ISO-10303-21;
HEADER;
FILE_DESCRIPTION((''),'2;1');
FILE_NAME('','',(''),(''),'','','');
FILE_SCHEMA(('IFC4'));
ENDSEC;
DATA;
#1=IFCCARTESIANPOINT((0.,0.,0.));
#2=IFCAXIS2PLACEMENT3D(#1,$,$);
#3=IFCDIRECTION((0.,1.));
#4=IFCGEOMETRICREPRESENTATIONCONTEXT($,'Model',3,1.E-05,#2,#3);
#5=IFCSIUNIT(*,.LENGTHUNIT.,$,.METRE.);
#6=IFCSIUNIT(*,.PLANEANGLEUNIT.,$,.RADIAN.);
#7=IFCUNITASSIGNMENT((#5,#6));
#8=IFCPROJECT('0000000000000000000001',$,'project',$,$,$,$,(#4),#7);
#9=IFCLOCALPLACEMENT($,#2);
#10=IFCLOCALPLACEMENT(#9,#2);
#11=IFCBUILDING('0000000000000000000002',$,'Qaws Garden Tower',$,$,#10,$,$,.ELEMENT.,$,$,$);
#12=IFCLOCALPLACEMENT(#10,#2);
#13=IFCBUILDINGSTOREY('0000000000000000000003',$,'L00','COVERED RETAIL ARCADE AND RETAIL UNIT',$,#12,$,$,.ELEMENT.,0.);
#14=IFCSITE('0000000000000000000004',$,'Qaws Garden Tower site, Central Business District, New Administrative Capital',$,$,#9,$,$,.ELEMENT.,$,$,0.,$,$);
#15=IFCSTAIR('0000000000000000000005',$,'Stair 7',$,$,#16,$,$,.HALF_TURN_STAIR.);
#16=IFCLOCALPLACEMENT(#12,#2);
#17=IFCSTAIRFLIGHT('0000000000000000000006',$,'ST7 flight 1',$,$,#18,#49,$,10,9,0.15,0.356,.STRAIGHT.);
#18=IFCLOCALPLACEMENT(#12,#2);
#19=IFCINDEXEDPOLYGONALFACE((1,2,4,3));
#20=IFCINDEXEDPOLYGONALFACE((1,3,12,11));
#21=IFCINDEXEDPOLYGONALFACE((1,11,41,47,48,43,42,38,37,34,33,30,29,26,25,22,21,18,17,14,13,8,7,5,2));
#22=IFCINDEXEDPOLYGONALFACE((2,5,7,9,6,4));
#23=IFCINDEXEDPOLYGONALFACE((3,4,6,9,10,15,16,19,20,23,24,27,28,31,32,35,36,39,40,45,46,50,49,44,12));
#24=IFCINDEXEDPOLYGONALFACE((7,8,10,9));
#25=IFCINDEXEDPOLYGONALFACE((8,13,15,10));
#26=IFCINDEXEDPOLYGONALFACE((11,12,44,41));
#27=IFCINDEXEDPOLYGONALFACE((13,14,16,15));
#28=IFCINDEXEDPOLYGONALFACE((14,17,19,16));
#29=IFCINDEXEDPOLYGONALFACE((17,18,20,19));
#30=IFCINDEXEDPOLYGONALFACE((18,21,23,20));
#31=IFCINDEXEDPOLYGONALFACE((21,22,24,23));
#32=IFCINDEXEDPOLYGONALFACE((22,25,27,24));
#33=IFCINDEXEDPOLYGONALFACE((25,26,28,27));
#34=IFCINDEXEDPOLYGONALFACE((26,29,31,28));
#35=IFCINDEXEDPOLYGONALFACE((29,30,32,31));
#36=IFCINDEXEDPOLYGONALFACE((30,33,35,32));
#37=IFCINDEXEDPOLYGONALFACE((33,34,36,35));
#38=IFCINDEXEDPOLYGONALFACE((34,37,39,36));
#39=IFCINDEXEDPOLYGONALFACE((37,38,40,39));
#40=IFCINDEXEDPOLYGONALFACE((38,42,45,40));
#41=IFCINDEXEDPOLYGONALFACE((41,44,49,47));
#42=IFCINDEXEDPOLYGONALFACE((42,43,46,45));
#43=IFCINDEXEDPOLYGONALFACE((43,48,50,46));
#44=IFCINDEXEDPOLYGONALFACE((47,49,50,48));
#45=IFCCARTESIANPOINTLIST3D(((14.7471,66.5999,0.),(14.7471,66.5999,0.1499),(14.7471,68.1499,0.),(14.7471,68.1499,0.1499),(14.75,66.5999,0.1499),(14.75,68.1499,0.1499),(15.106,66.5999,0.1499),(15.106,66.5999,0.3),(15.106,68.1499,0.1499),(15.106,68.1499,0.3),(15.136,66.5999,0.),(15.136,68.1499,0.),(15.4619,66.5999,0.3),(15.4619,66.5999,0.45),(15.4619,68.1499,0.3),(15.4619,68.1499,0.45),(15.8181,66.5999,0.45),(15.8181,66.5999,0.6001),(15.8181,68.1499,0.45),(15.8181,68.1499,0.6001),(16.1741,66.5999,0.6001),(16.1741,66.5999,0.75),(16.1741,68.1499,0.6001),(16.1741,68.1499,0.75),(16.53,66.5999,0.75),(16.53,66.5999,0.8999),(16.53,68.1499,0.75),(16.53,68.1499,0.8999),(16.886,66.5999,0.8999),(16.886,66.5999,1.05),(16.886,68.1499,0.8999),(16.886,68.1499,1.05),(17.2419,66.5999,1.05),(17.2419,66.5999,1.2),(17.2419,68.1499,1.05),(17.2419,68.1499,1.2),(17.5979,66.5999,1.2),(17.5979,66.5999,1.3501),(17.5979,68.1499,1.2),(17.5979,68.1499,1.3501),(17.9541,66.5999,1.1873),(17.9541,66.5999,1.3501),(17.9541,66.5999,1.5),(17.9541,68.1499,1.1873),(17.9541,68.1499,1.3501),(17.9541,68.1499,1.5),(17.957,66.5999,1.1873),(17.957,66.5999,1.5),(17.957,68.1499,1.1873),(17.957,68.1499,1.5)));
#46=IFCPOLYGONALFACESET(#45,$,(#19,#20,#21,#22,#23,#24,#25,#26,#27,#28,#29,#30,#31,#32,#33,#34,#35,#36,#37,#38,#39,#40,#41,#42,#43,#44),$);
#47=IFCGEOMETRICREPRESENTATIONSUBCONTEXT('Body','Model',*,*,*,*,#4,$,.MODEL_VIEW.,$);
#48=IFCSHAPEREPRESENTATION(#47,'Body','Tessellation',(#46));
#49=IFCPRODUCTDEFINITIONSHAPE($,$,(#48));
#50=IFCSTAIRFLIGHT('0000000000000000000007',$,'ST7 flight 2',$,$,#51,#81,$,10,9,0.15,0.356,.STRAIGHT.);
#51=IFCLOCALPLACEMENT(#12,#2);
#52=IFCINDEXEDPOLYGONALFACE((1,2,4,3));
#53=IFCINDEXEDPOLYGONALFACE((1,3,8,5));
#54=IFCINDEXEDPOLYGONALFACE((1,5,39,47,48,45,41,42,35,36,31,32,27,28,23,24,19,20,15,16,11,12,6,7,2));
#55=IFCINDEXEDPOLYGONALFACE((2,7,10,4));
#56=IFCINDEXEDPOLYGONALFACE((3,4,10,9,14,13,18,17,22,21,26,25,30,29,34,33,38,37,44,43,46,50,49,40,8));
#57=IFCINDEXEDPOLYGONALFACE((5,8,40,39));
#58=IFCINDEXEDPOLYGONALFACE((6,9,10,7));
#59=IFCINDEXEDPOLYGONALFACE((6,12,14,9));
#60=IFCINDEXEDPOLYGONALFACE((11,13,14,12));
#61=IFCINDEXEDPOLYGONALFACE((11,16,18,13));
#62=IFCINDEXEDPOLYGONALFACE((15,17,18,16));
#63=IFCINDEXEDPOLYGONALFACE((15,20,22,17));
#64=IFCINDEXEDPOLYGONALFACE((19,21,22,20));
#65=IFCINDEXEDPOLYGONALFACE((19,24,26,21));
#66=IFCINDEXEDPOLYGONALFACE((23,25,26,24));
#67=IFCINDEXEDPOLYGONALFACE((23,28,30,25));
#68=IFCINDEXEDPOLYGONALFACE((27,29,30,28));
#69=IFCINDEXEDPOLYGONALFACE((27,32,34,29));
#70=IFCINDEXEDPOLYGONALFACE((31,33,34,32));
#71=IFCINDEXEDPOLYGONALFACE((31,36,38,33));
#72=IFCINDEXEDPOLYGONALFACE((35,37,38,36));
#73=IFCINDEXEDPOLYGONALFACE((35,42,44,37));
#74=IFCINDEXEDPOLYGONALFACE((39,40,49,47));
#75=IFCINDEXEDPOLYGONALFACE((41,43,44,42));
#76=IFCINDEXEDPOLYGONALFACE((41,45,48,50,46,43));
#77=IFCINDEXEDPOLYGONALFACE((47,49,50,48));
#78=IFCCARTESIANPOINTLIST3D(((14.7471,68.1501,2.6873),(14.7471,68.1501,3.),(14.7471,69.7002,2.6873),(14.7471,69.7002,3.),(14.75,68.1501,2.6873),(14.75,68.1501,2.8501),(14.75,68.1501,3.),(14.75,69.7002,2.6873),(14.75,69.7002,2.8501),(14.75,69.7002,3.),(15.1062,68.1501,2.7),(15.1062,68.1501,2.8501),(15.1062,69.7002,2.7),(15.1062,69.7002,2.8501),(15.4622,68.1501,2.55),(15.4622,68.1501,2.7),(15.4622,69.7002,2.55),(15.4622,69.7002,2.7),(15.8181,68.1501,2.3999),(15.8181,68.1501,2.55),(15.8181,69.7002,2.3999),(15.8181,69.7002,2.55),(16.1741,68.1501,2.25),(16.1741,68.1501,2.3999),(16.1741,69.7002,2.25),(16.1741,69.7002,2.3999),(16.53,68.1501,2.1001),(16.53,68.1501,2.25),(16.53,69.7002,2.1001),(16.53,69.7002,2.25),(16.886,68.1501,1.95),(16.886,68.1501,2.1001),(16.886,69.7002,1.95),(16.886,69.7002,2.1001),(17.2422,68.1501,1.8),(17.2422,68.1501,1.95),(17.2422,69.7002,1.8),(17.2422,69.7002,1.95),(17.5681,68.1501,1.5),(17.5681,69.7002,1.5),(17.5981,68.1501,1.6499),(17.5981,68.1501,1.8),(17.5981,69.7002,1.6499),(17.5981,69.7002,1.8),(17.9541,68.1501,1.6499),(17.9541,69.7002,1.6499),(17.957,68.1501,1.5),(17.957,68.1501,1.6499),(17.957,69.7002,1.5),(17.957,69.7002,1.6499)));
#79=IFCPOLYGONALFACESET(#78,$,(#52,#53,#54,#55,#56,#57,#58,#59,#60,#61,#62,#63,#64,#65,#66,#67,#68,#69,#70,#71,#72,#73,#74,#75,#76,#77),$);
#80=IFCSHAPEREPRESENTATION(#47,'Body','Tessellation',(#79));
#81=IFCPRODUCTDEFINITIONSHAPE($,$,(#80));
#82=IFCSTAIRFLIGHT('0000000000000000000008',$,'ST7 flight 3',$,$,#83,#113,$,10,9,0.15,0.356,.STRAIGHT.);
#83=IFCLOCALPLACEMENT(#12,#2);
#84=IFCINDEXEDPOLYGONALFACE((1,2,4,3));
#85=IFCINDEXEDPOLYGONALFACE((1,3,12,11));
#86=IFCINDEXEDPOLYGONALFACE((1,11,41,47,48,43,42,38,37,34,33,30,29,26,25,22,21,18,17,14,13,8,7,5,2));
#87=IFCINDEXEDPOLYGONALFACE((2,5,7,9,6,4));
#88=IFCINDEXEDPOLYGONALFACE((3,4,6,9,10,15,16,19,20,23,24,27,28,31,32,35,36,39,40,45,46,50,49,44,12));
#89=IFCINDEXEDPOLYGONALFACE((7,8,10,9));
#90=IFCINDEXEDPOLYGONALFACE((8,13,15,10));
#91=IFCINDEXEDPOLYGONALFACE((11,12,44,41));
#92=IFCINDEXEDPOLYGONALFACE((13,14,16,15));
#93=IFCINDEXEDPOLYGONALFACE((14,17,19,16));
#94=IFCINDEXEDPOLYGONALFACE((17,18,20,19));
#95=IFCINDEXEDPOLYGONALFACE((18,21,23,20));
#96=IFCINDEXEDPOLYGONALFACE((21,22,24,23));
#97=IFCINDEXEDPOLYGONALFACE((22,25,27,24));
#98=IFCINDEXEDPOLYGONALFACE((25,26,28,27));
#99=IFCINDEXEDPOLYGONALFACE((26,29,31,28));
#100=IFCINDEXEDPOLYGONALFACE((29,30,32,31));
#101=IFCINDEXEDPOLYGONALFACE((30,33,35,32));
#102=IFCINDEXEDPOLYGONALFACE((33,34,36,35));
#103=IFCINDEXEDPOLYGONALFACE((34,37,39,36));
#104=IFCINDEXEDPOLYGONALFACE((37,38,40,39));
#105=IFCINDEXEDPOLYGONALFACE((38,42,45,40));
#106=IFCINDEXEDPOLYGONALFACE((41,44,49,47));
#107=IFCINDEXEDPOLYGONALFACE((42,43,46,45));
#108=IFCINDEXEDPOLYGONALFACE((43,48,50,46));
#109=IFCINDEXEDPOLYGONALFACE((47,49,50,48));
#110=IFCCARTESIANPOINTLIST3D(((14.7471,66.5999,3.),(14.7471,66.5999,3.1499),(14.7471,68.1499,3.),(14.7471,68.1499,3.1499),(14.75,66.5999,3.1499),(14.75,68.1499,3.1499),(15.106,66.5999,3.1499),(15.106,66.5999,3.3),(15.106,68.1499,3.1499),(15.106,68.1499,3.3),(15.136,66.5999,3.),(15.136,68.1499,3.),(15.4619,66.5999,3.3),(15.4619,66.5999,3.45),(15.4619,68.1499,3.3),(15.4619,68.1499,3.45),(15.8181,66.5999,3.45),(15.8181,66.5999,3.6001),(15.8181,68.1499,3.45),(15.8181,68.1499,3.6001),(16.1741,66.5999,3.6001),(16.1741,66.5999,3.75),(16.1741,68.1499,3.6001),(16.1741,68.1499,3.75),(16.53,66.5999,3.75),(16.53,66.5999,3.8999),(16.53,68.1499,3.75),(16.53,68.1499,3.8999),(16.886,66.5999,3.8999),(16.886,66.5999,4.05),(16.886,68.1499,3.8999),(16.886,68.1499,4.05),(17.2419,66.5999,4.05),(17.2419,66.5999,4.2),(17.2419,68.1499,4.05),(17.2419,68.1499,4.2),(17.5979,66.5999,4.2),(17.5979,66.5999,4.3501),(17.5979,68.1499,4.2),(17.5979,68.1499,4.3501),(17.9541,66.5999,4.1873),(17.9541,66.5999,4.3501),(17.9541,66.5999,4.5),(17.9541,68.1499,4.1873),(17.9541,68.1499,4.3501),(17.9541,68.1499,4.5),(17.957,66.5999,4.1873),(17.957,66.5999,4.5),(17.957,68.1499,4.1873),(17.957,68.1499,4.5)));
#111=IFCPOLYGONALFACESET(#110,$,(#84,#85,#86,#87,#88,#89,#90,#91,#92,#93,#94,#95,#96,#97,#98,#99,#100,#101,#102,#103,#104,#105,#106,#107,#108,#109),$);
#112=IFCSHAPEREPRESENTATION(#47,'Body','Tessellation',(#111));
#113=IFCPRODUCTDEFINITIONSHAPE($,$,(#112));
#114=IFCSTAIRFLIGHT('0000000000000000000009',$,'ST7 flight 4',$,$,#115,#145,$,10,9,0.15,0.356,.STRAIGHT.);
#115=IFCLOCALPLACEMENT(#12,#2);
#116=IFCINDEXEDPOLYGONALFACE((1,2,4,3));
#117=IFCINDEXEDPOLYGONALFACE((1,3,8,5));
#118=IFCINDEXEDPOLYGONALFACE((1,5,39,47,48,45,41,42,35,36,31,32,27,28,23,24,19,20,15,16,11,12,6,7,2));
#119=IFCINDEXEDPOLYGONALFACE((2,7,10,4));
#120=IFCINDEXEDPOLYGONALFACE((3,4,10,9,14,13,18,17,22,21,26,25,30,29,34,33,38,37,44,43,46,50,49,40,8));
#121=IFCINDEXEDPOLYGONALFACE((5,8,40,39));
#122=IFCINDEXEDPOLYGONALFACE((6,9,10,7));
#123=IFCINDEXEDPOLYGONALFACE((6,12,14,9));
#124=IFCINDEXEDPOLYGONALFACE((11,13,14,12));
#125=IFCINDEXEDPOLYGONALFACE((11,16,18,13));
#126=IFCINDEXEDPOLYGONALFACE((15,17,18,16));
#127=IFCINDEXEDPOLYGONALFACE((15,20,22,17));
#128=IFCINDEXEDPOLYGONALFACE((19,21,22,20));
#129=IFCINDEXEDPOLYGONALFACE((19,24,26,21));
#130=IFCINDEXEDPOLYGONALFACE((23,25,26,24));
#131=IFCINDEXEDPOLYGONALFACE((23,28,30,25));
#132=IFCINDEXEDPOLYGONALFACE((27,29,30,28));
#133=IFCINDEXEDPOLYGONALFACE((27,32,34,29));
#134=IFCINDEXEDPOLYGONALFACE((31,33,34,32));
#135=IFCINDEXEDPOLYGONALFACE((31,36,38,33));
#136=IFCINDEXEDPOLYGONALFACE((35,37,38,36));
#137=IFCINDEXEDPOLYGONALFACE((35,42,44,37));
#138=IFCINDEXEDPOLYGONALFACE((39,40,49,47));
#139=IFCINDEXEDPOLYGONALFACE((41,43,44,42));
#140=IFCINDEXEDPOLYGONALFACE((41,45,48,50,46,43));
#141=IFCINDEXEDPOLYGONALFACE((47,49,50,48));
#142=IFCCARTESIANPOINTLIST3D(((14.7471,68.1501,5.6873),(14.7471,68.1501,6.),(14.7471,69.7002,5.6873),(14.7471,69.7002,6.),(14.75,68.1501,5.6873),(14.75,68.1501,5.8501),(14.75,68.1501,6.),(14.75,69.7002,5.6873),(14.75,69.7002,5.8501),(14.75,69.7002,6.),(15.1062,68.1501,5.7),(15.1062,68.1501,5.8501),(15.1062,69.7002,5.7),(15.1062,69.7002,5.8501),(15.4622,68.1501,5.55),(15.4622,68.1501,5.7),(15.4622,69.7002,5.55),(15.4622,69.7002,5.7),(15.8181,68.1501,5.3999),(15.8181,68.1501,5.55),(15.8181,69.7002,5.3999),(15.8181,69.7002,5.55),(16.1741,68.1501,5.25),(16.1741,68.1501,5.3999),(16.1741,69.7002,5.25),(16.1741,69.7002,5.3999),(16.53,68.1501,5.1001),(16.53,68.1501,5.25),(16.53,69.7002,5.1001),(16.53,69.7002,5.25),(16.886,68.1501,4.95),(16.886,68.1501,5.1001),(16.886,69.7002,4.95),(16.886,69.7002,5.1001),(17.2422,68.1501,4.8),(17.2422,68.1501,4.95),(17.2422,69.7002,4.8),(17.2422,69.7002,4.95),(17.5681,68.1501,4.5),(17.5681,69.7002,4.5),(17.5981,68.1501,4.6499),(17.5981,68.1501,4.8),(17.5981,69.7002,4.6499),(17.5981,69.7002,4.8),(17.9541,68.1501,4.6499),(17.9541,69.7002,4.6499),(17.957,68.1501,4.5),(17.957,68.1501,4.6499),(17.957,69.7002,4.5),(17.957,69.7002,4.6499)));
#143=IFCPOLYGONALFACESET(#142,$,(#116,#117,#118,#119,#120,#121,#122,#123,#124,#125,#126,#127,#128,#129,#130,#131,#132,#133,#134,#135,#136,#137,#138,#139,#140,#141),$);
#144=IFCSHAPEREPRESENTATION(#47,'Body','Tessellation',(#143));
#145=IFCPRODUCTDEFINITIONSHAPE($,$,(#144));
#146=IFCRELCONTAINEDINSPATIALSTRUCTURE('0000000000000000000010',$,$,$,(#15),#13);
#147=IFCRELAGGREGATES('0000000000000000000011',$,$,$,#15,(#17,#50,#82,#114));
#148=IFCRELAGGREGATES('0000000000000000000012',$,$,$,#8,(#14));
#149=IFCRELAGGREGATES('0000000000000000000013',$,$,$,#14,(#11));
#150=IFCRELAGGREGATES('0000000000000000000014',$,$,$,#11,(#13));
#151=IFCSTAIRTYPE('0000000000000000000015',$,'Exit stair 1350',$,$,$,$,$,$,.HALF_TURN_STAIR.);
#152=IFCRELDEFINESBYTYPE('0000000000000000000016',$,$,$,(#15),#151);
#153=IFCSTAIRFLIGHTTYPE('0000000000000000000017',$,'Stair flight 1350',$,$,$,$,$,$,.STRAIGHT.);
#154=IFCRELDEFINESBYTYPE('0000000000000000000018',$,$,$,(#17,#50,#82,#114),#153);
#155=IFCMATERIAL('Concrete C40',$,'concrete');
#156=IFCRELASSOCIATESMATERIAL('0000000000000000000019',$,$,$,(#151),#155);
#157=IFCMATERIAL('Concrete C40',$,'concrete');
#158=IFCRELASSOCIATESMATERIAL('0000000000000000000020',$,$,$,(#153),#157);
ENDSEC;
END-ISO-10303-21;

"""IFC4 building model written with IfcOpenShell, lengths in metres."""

from ifc_helpers import new_model, si_unit, direction, frame, origin, place, context, subcontext, project, spatial, polyline, outline, extrude, material, type_object, element, aggregate, save


model = new_model("IFC4")

# Units and contexts
model_context = context("Model", 3, precision=1e-05, world=origin(), true_north=direction((0.0, 1.0)))
body_context = subcontext(model_context, "Body", "Model", "MODEL_VIEW")
ifc_project = project(units=[si_unit("LENGTHUNIT", "METRE"), si_unit("PLANEANGLEUNIT", "RADIAN")], contexts=[model_context])

# Site, building, storey
site_placement = place(None, origin())
site = spatial("IfcSite", under=ifc_project, at=site_placement, Name="Qaws Garden Tower site, Central Business District, New Administrative Capital", CompositionType="ELEMENT", RefElevation=0.0)
building_placement = place(site_placement, origin())
building = spatial("IfcBuilding", under=site, at=building_placement, Name="Qaws Garden Tower", CompositionType="ELEMENT")
storey_placement = place(building_placement, origin())
storey = spatial("IfcBuildingStorey", under=building, at=storey_placement, Name="L00", Description="COVERED RETAIL ARCADE AND RETAIL UNIT", CompositionType="ELEMENT", Elevation=0.0)

# Shared definitions
placement = place(storey_placement, origin())

# Stair, stair flights
ifc_material_1 = material(Name="Concrete C40", Category="concrete")
stair_type = type_object("IfcStairType", Name="Exit stair 1350", PredefinedType="HALF_TURN_STAIR", material=ifc_material_1)
ifc_material_2 = material(Name="Concrete C40", Category="concrete")
stair_flight_type = type_object("IfcStairFlightType", Name="Stair flight 1350", PredefinedType="STRAIGHT", material=ifc_material_2)
stair_1 = element("IfcStair", 1, at=placement, inside=storey, type_object=stair_type, Name="Stair 7", PredefinedType="HALF_TURN_STAIR")
stair_flight_1_placement = place(storey_placement, frame((14.75, 67.375, 0.0), z_axis=(0.0, 0.0, 1.0), x_axis=(1.0, 0.0, 0.0)))
stair_flight_1 = element("IfcStairFlight", 2, at=stair_flight_1_placement, type_object=stair_flight_type, Name="ST7 flight 1", NumberOfRisers=10, NumberOfTreads=9, PredefinedType="STRAIGHT", RiserHeight=0.15, TreadLength=0.356, context=body_context, shape_type="SweptSolid", body=[
    extrude(outline(polyline([(-0.0029, 0.0), (-0.0029, 0.1499), (0.0, 0.1499), (0.356, 0.1499), (0.356, 0.3), (0.7119, 0.3), (0.7119, 0.45), (1.0681, 0.45), (1.0681, 0.6001), (1.4241, 0.6001), (1.4241, 0.75), (1.78, 0.75), (1.78, 0.8999), (2.136, 0.8999), (2.136, 1.05), (2.4919, 1.05), (2.4919, 1.2), (2.8479, 1.2), (2.8479, 1.3501), (3.2041, 1.3501), (3.2041, 1.5), (3.207, 1.5), (3.207, 1.1873), (3.2041, 1.1873), (0.386, 0.0), (-0.0029, 0.0)])), frame((0.0, 0.7749, 0.0), z_axis=(0.0, -1.0, 0.0), x_axis=(1.0, 0.0, 0.0)), (0.0, 0.0, 1.0), 1.55),
])
stair_flight_2_placement = place(storey_placement, frame((17.9541, 68.925, 1.5), z_axis=(0.0, 0.0, 1.0), x_axis=(-1.0, 0.0, 0.0)))
stair_flight_2 = element("IfcStairFlight", 3, at=stair_flight_2_placement, type_object=stair_flight_type, Name="ST7 flight 2", NumberOfRisers=10, NumberOfTreads=9, PredefinedType="STRAIGHT", RiserHeight=0.15, TreadLength=0.356, context=body_context, shape_type="SweptSolid", body=[
    extrude(outline(polyline([(-0.0029, 0.0), (-0.0029, 0.1499), (0.0, 0.1499), (0.356, 0.1499), (0.356, 0.3), (0.7119, 0.3), (0.7119, 0.45), (1.0681, 0.45), (1.0681, 0.6001), (1.4241, 0.6001), (1.4241, 0.75), (1.78, 0.75), (1.78, 0.8999), (2.136, 0.8999), (2.136, 1.05), (2.4919, 1.05), (2.4919, 1.2), (2.8479, 1.2), (2.8479, 1.3501), (3.2041, 1.3501), (3.2041, 1.5), (3.207, 1.5), (3.207, 1.1873), (3.2041, 1.1873), (0.386, 0.0), (-0.0029, 0.0)])), frame((0.0, 0.7749, 0.0), z_axis=(0.0, -1.0, 0.0), x_axis=(1.0, 0.0, 0.0)), (0.0, 0.0, 1.0), 1.55),
])
stair_flight_3_placement = place(storey_placement, frame((14.75, 67.375, 3.0), z_axis=(0.0, 0.0, 1.0), x_axis=(1.0, 0.0, 0.0)))
stair_flight_3 = element("IfcStairFlight", 4, at=stair_flight_3_placement, type_object=stair_flight_type, Name="ST7 flight 3", NumberOfRisers=10, NumberOfTreads=9, PredefinedType="STRAIGHT", RiserHeight=0.15, TreadLength=0.356, context=body_context, shape_type="SweptSolid", body=[
    extrude(outline(polyline([(-0.0029, 0.0), (-0.0029, 0.1499), (0.0, 0.1499), (0.356, 0.1499), (0.356, 0.3), (0.7119, 0.3), (0.7119, 0.45), (1.0681, 0.45), (1.0681, 0.6001), (1.4241, 0.6001), (1.4241, 0.75), (1.78, 0.75), (1.78, 0.8999), (2.136, 0.8999), (2.136, 1.05), (2.4919, 1.05), (2.4919, 1.2), (2.8479, 1.2), (2.8479, 1.3501), (3.2041, 1.3501), (3.2041, 1.5), (3.207, 1.5), (3.207, 1.1873), (3.2041, 1.1873), (0.386, 0.0), (-0.0029, 0.0)])), frame((0.0, 0.7749, 0.0), z_axis=(0.0, -1.0, 0.0), x_axis=(1.0, 0.0, 0.0)), (0.0, 0.0, 1.0), 1.55),
])
stair_flight_4_placement = place(storey_placement, frame((17.9541, 68.925, 4.5), z_axis=(0.0, 0.0, 1.0), x_axis=(-1.0, 0.0, 0.0)))
stair_flight_4 = element("IfcStairFlight", 5, at=stair_flight_4_placement, type_object=stair_flight_type, Name="ST7 flight 4", NumberOfRisers=10, NumberOfTreads=9, PredefinedType="STRAIGHT", RiserHeight=0.15, TreadLength=0.356, context=body_context, shape_type="SweptSolid", body=[
    extrude(outline(polyline([(-0.0029, 0.0), (-0.0029, 0.1499), (0.0, 0.1499), (0.356, 0.1499), (0.356, 0.3), (0.7119, 0.3), (0.7119, 0.45), (1.0681, 0.45), (1.0681, 0.6001), (1.4241, 0.6001), (1.4241, 0.75), (1.78, 0.75), (1.78, 0.8999), (2.136, 0.8999), (2.136, 1.05), (2.4919, 1.05), (2.4919, 1.2), (2.8479, 1.2), (2.8479, 1.3501), (3.2041, 1.3501), (3.2041, 1.5), (3.207, 1.5), (3.207, 1.1873), (3.2041, 1.1873), (0.386, 0.0), (-0.0029, 0.0)])), frame((0.0, 0.7749, 0.0), z_axis=(0.0, -1.0, 0.0), x_axis=(1.0, 0.0, 0.0)), (0.0, 0.0, 1.0), 1.55),
])
aggregate(stair_1, [stair_flight_1, stair_flight_2, stair_flight_3, stair_flight_4])

save(model, "model.ifc")
